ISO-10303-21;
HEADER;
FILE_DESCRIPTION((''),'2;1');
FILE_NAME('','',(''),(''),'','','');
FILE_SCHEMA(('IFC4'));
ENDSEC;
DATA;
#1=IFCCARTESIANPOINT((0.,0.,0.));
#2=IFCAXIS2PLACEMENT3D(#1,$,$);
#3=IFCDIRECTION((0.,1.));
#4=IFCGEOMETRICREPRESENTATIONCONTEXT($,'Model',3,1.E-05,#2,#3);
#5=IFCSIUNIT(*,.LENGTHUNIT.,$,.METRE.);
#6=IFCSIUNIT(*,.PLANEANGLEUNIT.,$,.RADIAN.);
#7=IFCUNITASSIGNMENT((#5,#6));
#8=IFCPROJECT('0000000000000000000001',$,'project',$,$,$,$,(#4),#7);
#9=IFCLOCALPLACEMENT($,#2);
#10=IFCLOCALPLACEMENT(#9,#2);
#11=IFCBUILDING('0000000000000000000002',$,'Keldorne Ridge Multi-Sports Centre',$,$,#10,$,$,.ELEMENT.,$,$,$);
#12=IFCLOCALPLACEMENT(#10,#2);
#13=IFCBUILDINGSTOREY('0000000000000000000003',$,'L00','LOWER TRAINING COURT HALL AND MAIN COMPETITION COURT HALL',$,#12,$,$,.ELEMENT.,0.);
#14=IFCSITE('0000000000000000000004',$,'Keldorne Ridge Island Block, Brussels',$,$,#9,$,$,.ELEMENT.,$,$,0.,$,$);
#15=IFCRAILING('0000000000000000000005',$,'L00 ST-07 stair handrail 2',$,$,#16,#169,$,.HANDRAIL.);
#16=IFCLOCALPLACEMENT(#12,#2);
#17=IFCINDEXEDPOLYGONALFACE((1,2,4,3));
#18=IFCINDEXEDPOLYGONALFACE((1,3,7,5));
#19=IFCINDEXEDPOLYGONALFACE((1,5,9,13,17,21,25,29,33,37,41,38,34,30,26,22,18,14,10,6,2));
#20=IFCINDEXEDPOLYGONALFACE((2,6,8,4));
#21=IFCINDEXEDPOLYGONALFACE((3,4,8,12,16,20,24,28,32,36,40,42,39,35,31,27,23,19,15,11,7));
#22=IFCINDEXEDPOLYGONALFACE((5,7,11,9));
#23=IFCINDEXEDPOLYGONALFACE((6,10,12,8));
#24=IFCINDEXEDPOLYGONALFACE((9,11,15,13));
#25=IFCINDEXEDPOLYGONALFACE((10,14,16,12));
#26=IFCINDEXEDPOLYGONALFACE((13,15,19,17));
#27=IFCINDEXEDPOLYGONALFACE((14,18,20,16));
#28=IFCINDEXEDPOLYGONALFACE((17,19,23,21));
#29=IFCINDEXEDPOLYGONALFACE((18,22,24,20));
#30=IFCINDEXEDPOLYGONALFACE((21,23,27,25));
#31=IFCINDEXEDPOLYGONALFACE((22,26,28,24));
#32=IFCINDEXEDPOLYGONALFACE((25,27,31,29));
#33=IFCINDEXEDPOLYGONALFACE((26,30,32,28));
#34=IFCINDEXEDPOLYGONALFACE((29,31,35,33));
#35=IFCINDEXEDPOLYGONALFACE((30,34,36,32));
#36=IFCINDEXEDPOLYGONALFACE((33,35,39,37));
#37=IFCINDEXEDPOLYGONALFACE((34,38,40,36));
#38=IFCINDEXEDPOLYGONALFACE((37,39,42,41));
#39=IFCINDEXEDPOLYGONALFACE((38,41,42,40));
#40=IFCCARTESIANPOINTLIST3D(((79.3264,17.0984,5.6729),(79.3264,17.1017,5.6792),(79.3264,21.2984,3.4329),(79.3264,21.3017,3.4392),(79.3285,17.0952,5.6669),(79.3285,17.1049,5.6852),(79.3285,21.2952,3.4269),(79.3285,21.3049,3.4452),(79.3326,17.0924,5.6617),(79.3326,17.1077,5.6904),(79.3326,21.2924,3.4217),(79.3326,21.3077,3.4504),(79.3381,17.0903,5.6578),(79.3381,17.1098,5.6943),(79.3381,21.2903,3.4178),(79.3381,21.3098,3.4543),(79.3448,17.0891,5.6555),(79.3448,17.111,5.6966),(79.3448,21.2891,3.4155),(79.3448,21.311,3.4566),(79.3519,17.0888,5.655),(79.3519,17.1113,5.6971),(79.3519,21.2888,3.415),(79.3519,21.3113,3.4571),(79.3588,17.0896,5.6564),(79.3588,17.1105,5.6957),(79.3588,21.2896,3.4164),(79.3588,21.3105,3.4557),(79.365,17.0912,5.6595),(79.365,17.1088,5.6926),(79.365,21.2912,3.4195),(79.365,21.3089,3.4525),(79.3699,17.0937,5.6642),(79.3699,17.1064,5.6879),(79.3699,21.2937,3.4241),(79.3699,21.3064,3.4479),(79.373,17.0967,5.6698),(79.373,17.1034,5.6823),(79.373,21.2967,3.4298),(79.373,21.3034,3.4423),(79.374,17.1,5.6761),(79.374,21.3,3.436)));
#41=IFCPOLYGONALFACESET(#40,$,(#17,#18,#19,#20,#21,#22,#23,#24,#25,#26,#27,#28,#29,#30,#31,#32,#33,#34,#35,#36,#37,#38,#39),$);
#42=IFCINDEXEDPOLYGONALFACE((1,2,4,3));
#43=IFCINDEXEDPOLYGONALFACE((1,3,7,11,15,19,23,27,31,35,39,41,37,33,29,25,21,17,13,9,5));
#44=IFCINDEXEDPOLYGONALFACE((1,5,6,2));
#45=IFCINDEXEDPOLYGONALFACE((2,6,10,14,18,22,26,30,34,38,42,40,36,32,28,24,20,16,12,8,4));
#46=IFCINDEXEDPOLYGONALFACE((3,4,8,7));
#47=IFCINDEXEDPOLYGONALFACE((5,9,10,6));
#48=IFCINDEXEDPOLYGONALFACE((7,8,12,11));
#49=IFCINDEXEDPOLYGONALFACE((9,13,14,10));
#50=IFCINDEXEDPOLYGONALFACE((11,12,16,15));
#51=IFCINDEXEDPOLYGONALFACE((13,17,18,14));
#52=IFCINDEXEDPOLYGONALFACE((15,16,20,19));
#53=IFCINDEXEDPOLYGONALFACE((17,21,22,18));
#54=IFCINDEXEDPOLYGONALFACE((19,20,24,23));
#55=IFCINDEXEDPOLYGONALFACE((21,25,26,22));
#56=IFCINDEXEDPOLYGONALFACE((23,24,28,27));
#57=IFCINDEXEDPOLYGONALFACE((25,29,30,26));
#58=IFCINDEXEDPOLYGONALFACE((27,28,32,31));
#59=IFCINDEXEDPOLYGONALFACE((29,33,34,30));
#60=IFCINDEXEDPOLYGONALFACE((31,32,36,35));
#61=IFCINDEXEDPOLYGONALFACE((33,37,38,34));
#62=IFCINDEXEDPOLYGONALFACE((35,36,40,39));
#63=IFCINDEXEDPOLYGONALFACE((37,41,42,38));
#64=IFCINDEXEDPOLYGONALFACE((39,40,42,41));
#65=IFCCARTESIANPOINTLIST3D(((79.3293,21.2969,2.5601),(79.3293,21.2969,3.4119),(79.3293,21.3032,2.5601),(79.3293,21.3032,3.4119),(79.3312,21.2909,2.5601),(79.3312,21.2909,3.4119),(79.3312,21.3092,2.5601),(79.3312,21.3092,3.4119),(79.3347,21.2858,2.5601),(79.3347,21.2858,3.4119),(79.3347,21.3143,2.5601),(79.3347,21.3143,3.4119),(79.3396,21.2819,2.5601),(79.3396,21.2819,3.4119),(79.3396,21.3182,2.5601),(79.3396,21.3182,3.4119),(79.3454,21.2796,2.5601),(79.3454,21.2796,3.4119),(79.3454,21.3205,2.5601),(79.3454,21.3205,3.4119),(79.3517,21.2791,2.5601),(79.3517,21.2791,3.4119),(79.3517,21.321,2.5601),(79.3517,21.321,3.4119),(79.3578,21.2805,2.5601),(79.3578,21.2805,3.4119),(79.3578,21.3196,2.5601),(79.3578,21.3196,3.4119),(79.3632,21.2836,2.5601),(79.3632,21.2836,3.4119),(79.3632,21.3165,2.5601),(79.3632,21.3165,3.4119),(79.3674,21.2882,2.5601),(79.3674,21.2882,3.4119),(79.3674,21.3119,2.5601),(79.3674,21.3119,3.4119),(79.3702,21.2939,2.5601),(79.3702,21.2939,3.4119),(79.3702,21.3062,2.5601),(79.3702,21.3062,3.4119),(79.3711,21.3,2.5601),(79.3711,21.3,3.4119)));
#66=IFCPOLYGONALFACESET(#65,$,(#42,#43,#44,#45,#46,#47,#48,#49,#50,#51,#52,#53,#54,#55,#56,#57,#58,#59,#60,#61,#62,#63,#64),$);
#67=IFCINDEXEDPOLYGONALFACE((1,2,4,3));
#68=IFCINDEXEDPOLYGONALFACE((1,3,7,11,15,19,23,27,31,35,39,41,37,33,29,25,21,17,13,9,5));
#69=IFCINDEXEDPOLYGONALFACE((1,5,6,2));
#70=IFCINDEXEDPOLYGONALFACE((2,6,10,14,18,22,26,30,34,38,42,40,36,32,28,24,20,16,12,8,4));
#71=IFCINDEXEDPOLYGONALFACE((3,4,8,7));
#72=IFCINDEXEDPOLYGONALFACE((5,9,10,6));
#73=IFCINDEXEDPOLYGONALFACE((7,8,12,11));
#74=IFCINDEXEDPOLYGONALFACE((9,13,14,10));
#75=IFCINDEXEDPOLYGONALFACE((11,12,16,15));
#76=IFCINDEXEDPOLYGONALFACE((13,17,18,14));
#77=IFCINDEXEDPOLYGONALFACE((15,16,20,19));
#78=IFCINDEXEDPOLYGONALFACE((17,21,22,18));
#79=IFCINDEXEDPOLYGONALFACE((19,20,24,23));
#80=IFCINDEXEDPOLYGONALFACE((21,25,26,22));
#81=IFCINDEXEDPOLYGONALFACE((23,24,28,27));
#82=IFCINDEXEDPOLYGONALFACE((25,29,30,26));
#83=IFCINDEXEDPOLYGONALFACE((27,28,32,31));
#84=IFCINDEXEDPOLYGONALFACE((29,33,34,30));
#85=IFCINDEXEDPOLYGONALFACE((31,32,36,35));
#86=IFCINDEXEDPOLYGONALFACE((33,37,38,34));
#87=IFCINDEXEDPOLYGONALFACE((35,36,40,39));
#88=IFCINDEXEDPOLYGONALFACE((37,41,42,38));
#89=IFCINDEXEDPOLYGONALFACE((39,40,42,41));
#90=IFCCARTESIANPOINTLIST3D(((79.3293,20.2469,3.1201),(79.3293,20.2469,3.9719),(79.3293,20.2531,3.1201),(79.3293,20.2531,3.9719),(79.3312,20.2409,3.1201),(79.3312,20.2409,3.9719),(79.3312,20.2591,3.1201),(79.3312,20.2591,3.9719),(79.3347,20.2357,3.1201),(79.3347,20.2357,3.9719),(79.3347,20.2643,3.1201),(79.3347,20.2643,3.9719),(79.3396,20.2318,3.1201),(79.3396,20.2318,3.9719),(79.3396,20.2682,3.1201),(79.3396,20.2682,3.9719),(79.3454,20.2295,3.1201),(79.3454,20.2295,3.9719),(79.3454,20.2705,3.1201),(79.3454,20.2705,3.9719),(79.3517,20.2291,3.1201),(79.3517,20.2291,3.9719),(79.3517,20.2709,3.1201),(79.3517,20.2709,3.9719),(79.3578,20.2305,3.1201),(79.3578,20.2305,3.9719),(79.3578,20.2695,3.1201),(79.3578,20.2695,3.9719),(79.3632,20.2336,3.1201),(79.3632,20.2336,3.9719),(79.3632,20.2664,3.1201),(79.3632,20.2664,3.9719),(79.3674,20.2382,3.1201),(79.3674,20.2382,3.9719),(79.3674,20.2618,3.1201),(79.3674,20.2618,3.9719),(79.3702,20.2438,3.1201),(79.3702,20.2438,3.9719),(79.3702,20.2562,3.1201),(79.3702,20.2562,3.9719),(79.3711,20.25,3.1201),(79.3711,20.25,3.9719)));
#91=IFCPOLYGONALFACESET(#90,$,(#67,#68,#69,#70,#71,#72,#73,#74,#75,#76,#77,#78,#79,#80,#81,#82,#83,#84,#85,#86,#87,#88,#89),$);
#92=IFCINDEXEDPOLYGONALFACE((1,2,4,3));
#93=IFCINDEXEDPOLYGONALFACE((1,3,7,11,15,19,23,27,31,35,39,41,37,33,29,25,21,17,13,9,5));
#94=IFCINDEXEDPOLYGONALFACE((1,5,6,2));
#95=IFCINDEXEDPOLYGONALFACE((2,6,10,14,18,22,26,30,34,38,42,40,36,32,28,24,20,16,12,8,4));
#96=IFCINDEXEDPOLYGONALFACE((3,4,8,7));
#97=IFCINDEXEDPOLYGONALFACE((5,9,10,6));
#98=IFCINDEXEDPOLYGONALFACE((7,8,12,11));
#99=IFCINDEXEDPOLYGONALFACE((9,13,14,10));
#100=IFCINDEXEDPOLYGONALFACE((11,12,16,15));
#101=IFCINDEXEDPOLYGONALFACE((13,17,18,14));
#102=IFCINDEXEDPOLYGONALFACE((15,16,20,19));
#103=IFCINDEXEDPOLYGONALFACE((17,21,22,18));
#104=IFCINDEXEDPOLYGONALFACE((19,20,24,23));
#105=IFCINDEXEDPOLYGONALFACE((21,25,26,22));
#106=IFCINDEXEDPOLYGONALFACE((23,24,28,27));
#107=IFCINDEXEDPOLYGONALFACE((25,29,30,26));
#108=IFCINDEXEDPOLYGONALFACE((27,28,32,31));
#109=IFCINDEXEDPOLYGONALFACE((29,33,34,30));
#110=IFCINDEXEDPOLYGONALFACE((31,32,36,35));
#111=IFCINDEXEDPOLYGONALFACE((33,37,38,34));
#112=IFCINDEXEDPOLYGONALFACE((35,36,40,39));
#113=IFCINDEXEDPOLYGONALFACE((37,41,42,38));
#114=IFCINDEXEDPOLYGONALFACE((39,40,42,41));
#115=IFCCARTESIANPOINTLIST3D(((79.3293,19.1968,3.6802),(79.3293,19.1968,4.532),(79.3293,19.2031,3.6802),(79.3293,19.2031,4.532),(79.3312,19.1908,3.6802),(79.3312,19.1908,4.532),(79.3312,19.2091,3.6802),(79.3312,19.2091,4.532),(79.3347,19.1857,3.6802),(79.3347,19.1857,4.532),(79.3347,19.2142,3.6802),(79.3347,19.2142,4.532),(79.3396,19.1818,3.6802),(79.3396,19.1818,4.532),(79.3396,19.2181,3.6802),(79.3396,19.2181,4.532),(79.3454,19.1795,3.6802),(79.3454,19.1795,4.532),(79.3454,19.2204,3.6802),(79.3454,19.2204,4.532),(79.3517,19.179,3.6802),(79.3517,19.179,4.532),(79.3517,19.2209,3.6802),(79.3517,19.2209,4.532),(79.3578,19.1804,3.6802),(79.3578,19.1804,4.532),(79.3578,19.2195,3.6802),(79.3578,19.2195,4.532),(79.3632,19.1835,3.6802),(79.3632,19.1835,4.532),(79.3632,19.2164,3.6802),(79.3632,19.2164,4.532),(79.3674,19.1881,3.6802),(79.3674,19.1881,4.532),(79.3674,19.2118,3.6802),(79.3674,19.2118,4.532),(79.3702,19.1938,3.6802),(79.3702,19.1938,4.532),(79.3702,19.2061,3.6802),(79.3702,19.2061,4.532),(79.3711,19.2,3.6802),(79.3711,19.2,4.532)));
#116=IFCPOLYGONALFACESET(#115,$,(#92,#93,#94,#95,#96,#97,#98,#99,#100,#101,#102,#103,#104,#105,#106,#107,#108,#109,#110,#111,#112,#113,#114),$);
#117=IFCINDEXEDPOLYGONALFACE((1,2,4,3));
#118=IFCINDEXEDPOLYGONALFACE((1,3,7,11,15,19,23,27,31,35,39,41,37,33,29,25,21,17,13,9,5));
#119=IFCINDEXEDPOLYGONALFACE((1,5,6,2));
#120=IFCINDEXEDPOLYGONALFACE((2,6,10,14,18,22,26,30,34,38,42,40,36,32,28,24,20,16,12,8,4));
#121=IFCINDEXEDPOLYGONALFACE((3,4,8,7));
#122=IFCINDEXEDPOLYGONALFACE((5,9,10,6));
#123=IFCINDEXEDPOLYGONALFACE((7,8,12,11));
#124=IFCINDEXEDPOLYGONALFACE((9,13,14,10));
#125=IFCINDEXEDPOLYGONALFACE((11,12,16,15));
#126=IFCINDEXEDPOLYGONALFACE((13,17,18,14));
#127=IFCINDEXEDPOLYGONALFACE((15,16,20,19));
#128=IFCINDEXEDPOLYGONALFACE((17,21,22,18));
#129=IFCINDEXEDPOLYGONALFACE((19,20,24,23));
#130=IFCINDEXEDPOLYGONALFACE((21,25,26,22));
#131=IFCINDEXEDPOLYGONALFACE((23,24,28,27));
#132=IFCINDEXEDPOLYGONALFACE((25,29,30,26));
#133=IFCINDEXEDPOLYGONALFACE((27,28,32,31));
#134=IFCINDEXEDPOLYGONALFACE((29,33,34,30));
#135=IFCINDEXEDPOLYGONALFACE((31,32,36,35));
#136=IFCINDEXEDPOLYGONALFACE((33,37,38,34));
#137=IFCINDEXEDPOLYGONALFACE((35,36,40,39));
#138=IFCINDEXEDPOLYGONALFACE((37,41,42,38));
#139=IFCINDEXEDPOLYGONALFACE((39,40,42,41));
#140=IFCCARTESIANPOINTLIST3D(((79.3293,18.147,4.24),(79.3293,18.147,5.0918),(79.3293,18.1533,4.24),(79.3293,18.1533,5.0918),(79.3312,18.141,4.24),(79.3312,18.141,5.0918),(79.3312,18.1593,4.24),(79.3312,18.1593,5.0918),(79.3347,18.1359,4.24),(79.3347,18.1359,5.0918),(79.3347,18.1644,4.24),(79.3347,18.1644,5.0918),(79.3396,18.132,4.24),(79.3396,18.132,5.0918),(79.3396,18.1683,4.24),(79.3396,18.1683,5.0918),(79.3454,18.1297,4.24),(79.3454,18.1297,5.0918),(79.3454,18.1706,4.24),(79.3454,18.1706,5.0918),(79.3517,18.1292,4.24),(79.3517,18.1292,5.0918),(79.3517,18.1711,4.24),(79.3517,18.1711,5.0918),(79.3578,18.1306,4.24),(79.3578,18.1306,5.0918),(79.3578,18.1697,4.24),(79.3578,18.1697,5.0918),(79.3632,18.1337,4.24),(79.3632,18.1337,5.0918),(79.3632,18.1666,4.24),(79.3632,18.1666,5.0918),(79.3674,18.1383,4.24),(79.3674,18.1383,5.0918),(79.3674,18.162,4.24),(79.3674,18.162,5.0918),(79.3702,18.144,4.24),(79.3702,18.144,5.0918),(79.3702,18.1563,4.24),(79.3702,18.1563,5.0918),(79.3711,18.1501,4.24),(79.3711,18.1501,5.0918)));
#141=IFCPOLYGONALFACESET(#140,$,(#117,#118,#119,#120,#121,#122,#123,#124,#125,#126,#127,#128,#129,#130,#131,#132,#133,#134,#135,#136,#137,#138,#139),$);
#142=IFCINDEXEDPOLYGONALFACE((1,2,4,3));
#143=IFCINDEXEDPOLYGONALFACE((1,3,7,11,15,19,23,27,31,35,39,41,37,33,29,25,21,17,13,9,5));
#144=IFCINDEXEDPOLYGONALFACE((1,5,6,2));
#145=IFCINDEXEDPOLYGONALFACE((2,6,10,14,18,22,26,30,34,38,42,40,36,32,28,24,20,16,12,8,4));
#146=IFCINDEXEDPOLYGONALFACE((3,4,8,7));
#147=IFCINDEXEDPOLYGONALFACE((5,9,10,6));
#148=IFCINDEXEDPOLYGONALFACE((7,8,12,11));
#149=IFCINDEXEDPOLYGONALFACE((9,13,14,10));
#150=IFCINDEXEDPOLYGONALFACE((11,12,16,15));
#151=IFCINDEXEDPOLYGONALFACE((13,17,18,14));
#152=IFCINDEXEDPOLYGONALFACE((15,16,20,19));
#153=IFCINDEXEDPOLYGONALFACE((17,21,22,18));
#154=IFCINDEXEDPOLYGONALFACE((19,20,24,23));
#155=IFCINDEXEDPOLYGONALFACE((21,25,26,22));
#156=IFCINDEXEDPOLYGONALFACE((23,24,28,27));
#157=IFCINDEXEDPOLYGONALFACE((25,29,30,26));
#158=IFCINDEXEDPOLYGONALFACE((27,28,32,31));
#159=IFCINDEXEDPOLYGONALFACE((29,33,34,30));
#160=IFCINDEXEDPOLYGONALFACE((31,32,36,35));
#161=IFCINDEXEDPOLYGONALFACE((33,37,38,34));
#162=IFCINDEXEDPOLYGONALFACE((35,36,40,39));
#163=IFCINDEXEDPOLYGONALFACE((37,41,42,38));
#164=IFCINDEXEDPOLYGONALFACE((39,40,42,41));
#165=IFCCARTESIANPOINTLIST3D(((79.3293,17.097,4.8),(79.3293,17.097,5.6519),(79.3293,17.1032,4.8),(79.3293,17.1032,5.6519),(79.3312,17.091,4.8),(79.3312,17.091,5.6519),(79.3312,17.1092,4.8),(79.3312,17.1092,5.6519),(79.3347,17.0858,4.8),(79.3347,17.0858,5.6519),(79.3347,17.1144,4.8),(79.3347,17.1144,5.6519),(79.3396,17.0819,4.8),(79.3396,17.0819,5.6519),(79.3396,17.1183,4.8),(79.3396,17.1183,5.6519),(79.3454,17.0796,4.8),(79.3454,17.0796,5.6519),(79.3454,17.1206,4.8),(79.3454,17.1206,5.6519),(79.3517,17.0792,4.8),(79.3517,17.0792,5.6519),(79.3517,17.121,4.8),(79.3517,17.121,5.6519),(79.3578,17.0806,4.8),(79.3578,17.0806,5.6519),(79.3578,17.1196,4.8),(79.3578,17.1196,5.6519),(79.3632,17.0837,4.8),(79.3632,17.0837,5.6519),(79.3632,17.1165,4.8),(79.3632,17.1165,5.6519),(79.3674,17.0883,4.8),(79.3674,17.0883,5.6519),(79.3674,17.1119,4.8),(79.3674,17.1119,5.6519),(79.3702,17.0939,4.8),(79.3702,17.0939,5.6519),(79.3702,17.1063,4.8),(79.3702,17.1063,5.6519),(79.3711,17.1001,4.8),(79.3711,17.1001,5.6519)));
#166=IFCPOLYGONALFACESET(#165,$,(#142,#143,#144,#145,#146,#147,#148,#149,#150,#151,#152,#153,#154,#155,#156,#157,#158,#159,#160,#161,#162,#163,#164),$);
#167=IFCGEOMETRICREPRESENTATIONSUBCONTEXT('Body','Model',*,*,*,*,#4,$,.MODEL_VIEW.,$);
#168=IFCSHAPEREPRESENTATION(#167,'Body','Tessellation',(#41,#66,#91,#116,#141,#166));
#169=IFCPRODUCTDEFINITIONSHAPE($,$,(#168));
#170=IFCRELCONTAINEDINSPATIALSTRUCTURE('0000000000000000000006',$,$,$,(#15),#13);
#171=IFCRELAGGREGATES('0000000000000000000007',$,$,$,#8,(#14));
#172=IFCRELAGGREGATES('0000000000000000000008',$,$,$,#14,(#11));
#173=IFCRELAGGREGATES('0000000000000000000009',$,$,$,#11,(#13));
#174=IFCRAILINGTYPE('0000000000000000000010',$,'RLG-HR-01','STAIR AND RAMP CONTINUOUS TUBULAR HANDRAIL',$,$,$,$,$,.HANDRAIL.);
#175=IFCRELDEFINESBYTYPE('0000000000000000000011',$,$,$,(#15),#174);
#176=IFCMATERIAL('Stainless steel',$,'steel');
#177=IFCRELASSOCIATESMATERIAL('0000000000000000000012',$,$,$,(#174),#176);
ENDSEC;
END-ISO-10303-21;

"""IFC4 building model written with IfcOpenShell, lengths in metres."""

from ifc_helpers import new_model, si_unit, direction, frame, origin, origin_2d, place, context, subcontext, project, spatial, circle, extrude, material, type_object, element, save


model = new_model("IFC4")

# Units and contexts
model_context = context("Model", 3, precision=1e-05, world=origin(), true_north=direction((0.0, 1.0)))
body_context = subcontext(model_context, "Body", "Model", "MODEL_VIEW")
ifc_project = project(units=[si_unit("LENGTHUNIT", "METRE"), si_unit("PLANEANGLEUNIT", "RADIAN")], contexts=[model_context])

# Site, building, storey
site_placement = place(None, origin())
site = spatial("IfcSite", under=ifc_project, at=site_placement, Name="Keldorne Ridge Island Block, Brussels", CompositionType="ELEMENT", RefElevation=0.0)
building_placement = place(site_placement, origin())
building = spatial("IfcBuilding", under=site, at=building_placement, Name="Keldorne Ridge Multi-Sports Centre", CompositionType="ELEMENT")
storey_placement = place(building_placement, origin())
storey = spatial("IfcBuildingStorey", under=building, at=storey_placement, Name="L00", Description="LOWER TRAINING COURT HALL AND MAIN COMPETITION COURT HALL", CompositionType="ELEMENT", Elevation=0.0)

# Railing
ifc_material_1 = material(Name="Stainless steel", Category="steel")
railing_type = type_object("IfcRailingType", Name="RLG-HR-01", Description="STAIR AND RAMP CONTINUOUS TUBULAR HANDRAIL", PredefinedType="HANDRAIL", material=ifc_material_1)
railing_placement = place(storey_placement, frame((79.3501, 21.3, 2.5601)))
element("IfcRailing", 1, at=railing_placement, inside=storey, type_object=railing_type, Name="L00 ST-07 stair handrail 2", PredefinedType="HANDRAIL", context=body_context, shape_type="SweptSolid", body=[
    extrude(circle(Radius=0.0239, at=origin_2d()), frame((0.0, 0.0, 0.876), z_axis=(0.0, -0.882352, 0.470591), x_axis=(1.0, 0.0, 0.0)), (0.0, 0.0, 1.0), 4.76),
    extrude(circle(Radius=0.021, at=origin_2d()), origin(), (0.0, 0.0, 1.0), 0.8518),
    extrude(circle(Radius=0.021, at=origin_2d()), frame((0.0, -1.05, 0.5601)), (0.0, 0.0, 1.0), 0.8518),
    extrude(circle(Radius=0.021, at=origin_2d()), frame((0.0, -2.1001, 1.1201)), (0.0, 0.0, 1.0), 0.8518),
    extrude(circle(Radius=0.021, at=origin_2d()), frame((0.0, -3.1499, 1.6799)), (0.0, 0.0, 1.0), 0.8518),
    extrude(circle(Radius=0.021, at=origin_2d()), frame((0.0, -4.2, 2.24)), (0.0, 0.0, 1.0), 0.8518),
])

save(model, "model.ifc")
